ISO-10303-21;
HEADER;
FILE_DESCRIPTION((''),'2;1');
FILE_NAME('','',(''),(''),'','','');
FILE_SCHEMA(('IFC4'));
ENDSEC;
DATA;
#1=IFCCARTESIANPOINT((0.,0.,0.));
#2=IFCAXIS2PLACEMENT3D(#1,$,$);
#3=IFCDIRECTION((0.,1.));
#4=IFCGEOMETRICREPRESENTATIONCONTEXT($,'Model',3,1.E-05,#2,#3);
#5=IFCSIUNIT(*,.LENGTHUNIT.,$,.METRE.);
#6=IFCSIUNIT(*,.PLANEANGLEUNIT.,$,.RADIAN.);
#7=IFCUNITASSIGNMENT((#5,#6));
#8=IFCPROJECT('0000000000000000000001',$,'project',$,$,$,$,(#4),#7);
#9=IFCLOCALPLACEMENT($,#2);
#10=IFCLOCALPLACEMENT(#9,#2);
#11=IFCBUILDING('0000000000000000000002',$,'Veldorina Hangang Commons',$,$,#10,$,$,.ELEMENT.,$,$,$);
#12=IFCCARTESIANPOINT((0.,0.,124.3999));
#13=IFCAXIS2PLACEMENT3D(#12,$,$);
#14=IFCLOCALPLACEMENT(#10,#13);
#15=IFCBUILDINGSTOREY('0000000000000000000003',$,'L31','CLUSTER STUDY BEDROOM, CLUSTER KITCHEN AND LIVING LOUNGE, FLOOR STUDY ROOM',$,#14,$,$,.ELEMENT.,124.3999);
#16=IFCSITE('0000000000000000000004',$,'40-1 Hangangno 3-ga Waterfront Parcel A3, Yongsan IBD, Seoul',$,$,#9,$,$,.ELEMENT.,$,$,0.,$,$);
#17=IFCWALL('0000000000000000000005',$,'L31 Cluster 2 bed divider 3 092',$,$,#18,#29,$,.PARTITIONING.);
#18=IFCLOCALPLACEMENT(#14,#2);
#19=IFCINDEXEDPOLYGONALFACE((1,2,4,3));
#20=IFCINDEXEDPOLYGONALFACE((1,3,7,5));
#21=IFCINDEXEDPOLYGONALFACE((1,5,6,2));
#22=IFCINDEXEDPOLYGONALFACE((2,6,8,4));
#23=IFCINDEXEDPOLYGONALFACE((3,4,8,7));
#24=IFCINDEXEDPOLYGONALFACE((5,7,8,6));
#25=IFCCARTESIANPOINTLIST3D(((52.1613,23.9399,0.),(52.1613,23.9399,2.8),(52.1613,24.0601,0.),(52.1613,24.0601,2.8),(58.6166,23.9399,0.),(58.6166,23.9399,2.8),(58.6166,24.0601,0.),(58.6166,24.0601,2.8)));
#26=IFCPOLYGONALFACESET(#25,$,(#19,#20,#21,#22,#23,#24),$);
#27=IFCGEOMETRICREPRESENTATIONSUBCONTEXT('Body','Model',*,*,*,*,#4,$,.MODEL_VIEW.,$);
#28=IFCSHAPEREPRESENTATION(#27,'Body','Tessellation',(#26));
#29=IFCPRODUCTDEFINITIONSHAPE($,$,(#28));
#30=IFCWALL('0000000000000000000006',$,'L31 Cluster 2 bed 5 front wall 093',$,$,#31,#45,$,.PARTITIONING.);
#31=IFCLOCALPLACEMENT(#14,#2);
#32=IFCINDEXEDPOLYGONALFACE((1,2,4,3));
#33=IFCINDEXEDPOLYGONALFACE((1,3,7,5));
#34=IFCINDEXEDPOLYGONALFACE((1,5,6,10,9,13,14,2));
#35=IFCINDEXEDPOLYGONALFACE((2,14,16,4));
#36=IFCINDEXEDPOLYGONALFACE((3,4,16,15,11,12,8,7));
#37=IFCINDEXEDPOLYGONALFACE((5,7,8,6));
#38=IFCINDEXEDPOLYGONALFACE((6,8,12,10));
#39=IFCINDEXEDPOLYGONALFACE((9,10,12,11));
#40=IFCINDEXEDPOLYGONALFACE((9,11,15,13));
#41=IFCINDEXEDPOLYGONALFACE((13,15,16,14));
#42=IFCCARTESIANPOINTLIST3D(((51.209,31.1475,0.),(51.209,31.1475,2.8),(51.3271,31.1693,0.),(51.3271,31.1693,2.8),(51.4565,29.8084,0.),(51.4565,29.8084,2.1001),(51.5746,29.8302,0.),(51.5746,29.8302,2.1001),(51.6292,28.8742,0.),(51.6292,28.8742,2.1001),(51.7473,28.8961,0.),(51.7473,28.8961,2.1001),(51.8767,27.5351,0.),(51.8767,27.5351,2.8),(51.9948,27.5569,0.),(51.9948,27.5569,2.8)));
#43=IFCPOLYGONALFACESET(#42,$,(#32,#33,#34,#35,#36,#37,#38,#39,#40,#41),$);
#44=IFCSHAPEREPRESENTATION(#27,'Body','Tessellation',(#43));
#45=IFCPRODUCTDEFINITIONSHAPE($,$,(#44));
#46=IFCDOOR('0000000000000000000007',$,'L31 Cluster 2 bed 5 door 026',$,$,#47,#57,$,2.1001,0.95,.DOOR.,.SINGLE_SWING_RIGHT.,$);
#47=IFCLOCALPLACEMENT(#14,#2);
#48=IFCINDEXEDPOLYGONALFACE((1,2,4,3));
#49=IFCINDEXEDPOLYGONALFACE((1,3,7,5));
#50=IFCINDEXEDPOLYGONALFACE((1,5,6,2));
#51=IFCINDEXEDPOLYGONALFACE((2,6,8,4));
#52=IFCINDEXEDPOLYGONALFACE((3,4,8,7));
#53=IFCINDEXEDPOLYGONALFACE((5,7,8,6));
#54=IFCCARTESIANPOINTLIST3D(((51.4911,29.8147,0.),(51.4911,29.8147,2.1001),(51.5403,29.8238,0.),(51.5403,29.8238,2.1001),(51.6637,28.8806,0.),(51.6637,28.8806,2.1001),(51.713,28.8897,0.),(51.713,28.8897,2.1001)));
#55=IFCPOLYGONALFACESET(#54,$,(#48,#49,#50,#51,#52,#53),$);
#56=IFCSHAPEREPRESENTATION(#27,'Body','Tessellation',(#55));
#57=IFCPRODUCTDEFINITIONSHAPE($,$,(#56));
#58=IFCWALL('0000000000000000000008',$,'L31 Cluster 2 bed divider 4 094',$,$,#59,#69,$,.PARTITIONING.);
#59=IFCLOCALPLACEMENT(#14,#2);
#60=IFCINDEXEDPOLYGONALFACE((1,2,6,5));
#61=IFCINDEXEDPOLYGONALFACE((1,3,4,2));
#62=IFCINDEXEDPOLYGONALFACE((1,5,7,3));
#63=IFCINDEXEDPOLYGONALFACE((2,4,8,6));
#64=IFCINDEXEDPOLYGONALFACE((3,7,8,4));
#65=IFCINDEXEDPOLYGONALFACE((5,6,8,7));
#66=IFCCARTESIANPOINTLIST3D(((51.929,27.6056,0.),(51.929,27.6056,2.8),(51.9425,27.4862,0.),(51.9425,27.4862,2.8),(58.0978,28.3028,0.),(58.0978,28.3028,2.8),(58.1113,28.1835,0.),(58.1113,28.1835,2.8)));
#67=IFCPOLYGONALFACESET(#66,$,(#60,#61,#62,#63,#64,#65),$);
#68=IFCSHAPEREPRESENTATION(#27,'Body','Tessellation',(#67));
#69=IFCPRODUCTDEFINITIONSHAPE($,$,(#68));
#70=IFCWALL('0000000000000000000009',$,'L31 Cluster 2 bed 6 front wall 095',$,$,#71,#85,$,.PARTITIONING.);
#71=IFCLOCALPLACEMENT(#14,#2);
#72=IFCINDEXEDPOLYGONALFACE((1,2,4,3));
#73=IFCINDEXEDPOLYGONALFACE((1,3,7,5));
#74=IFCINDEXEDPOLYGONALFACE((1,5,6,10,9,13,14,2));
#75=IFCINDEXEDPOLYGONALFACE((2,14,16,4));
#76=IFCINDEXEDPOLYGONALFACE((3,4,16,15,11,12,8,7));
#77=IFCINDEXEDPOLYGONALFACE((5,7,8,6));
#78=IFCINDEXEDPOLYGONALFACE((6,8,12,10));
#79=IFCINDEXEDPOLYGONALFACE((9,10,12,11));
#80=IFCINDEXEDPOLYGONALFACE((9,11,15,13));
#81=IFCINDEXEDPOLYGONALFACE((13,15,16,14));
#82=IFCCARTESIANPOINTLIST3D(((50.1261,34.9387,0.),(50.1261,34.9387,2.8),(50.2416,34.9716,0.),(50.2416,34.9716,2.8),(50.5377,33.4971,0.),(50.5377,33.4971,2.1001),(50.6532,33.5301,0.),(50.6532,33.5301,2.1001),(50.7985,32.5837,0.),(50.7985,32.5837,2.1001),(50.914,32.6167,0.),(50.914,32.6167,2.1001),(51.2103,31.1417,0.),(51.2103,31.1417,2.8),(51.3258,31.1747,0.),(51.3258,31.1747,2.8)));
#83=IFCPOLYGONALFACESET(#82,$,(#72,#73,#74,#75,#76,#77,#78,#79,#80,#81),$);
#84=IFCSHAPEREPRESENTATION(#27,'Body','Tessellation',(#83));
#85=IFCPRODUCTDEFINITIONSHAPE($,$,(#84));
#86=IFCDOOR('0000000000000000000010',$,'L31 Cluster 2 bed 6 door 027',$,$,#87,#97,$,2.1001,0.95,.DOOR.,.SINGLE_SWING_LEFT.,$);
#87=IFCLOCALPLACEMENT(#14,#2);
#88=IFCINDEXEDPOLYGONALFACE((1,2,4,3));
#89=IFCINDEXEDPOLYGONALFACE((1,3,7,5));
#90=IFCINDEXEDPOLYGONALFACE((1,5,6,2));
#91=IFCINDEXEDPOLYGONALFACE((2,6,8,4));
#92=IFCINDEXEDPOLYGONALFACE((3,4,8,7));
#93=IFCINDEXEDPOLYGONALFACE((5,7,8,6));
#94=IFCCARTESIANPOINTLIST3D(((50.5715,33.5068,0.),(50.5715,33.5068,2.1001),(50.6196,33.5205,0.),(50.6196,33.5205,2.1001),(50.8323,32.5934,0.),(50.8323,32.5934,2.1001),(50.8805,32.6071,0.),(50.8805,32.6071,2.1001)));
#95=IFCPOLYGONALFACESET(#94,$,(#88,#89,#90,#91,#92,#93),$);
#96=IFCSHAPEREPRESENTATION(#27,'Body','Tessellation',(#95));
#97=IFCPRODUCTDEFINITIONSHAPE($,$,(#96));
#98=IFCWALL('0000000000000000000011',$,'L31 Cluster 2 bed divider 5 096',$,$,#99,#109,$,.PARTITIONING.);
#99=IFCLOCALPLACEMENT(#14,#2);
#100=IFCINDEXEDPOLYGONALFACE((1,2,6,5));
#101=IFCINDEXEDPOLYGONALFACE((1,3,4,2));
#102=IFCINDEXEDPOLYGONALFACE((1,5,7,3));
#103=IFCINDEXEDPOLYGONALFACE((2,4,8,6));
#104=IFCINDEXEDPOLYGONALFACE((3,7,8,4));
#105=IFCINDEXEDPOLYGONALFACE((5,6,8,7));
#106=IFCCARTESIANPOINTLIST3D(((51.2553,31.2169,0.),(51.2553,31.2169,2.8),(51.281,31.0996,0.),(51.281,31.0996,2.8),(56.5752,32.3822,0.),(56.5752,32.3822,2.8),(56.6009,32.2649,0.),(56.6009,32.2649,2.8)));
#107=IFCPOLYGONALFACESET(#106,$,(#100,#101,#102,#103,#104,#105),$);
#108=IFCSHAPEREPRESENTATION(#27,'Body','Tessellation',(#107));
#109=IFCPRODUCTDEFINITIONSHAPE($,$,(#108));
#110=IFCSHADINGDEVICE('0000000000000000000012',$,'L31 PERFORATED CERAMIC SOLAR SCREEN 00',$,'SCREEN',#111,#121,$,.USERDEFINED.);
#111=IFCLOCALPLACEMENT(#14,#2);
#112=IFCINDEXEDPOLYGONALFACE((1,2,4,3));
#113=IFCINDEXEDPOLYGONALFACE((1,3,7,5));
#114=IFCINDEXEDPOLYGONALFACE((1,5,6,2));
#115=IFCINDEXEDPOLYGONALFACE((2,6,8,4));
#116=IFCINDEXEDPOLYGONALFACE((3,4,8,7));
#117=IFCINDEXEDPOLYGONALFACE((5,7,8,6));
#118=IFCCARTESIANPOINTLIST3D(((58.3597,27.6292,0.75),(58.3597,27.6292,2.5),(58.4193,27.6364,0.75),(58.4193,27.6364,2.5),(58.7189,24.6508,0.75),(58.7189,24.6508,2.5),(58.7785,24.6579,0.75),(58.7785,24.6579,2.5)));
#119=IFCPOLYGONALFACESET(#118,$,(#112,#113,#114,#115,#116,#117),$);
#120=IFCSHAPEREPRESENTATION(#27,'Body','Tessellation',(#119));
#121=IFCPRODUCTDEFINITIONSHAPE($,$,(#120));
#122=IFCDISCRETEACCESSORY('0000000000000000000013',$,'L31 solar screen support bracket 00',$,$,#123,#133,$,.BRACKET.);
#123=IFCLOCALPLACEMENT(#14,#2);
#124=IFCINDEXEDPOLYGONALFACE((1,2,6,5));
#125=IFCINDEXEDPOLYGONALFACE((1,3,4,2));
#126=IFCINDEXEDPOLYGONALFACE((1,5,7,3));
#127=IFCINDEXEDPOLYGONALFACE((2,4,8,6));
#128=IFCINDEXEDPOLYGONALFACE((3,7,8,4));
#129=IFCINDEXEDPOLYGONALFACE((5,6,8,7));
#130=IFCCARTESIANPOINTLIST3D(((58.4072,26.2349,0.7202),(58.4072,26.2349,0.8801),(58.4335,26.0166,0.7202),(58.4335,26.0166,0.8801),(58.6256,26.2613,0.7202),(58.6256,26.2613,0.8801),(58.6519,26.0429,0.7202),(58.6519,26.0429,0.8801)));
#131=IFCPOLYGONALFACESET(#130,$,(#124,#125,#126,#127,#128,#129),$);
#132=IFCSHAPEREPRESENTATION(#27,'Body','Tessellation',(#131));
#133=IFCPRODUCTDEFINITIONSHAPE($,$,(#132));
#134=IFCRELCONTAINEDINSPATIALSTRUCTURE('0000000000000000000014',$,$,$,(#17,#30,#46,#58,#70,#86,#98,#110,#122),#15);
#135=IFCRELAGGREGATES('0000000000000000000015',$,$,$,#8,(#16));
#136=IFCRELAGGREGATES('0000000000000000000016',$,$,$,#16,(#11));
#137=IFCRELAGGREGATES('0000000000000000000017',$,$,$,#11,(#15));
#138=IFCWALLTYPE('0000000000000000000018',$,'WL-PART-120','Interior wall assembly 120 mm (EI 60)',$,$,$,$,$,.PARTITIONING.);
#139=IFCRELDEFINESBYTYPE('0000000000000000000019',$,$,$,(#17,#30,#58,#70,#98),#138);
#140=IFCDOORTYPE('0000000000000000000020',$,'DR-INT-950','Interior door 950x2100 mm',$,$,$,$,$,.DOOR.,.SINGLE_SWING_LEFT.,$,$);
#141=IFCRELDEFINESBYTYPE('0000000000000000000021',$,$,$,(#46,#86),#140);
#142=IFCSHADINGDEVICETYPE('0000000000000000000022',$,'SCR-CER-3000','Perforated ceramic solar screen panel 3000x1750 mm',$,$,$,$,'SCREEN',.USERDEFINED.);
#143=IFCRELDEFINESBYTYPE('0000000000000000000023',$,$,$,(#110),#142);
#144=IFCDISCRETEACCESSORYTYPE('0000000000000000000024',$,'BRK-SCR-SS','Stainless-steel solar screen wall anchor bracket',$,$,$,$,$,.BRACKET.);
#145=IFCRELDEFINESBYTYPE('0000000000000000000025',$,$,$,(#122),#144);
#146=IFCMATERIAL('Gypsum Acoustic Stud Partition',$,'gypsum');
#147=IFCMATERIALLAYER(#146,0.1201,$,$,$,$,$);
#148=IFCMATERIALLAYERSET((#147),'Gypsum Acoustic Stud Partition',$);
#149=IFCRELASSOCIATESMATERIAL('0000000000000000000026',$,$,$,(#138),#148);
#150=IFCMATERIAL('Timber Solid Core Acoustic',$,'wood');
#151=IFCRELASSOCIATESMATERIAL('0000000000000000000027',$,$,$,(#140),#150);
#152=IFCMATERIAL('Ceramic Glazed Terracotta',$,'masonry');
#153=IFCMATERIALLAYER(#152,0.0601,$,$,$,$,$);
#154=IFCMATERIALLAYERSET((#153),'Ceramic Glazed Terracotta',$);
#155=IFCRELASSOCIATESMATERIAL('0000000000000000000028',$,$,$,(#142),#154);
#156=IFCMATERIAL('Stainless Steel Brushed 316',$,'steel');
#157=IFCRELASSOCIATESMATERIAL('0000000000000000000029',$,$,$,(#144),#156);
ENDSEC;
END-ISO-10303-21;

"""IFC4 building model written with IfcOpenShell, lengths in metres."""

from ifc_helpers import new_model, si_unit, direction, frame, frame_2d, origin, origin_2d, place, context, subcontext, project, spatial, rectangle, extrude, material, layer, layer_set, type_object, element, fill, save


model = new_model("IFC4")

# Units and contexts
model_context = context("Model", 3, precision=1e-05, world=origin(), true_north=direction((0.0, 1.0)))
body_context = subcontext(model_context, "Body", "Model", "MODEL_VIEW")
ifc_project = project(units=[si_unit("LENGTHUNIT", "METRE"), si_unit("PLANEANGLEUNIT", "RADIAN")], contexts=[model_context])

# Site, building, storey
site_placement = place(None, origin())
site = spatial("IfcSite", under=ifc_project, at=site_placement, Name="40-1 Hangangno 3-ga Waterfront Parcel A3, Yongsan IBD, Seoul", CompositionType="ELEMENT", RefElevation=0.0)
building_placement = place(site_placement, origin())
building = spatial("IfcBuilding", under=site, at=building_placement, Name="Veldorina Hangang Commons", CompositionType="ELEMENT")
storey_placement = place(building_placement, frame((0.0, 0.0, 124.3999)))
storey = spatial("IfcBuildingStorey", under=building, at=storey_placement, Name="L31", Description="CLUSTER STUDY BEDROOM, CLUSTER KITCHEN AND LIVING LOUNGE, FLOOR STUDY ROOM", CompositionType="ELEMENT", Elevation=124.3999)

# Shared definitions
ifc_material_1 = material(Name="Gypsum Acoustic Stud Partition", Category="gypsum")
ifc_layer_1 = layer(ifc_material_1, 0.1201)
ifc_layer_set_1 = layer_set([ifc_layer_1], Name="Gypsum Acoustic Stud Partition")
wall_type_1 = type_object("IfcWallType", Name="WL-PART-120", Description="Interior wall assembly 120 mm (EI 60)", PredefinedType="PARTITIONING", material=ifc_layer_set_1)
ifc_material_2 = material(Name="Timber Solid Core Acoustic", Category="wood")
door_type = type_object("IfcDoorType", Name="DR-INT-950", Description="Interior door 950x2100 mm", OperationType="SINGLE_SWING_LEFT", PredefinedType="DOOR", material=ifc_material_2)

# Wall
wall_1_placement = place(storey_placement, frame((52.1614, 24.0, 0.0), z_axis=(0.0, 0.0, 1.0), x_axis=(1.0, 0.0, 0.0)))
element("IfcWall", 1, at=wall_1_placement, inside=storey, type_object=wall_type_1, Name="L31 Cluster 2 bed divider 3 092", PredefinedType="PARTITIONING", context=body_context, shape_type="SweptSolid", body=[
    extrude(rectangle(XDim=6.4553, YDim=0.1201, at=frame_2d((3.2275, 0.0))), origin(), (0.0, 0.0, 1.0), 2.8),
])

# Wall, opening, door
wall_2_placement = place(storey_placement, frame((51.9358, 27.5459, 0.0), z_axis=(0.0, 0.0, 1.0), x_axis=(-0.181768, 0.983341, 0.0)))
wall_2 = element("IfcWall", 2, at=wall_2_placement, inside=storey, type_object=wall_type_1, Name="L31 Cluster 2 bed 5 front wall 093", PredefinedType="PARTITIONING", context=body_context, shape_type="SweptSolid", body=[
    extrude(rectangle(XDim=3.6736, YDim=0.1201, at=frame_2d((1.8369, 0.0))), origin(), (0.0, 0.0, 1.0), 2.8),
])
opening_1_placement = place(wall_2_placement, frame((1.3618, 0.0, 0.0)))
opening_1 = element("IfcOpeningElement", 3, at=opening_1_placement, cuts=wall_2, PredefinedType="OPENING", context=body_context, shape_type="SweptSolid", body=[
    extrude(rectangle(XDim=0.95, YDim=2.1001, at=frame_2d((0.4751, 1.05))), frame((0.0, 0.0701, 0.0), z_axis=(0.0, -1.0, 0.0), x_axis=(1.0, 0.0, 0.0)), (0.0, 0.0, 1.0), 0.1401),
])
door_1_placement = place(opening_1_placement, origin())
door_1 = element("IfcDoor", 4, at=door_1_placement, inside=storey, type_object=door_type, Name="L31 Cluster 2 bed 5 door 026", OperationType="SINGLE_SWING_RIGHT", OverallHeight=2.1001, OverallWidth=0.95, PredefinedType="DOOR", context=body_context, shape_type="SweptSolid", body=[
    extrude(rectangle(XDim=0.95, YDim=2.1001, at=frame_2d((0.4751, 1.05))), frame((0.0, 0.0249, 0.0), z_axis=(0.0, -1.0, 0.0), x_axis=(1.0, 0.0, 0.0)), (0.0, 0.0, 1.0), 0.05),
])
fill(opening_1, door_1)

# Wall
wall_3_placement = place(storey_placement, frame((51.9358, 27.5459, 0.0), z_axis=(0.0, 0.0, 1.0), x_axis=(0.993672, 0.112318, 0.0)))
element("IfcWall", 5, at=wall_3_placement, inside=storey, type_object=wall_type_1, Name="L31 Cluster 2 bed divider 4 094", PredefinedType="PARTITIONING", context=body_context, shape_type="SweptSolid", body=[
    extrude(rectangle(XDim=6.208, YDim=0.1201, at=frame_2d((3.104, 0.0))), origin(), (0.0, 0.0, 1.0), 2.8),
])

# Wall, opening, door
wall_4_placement = place(storey_placement, frame((51.2681, 31.1582, 0.0), z_axis=(0.0, 0.0, 1.0), x_axis=(-0.274582, 0.961564, 0.0)))
wall_4 = element("IfcWall", 6, at=wall_4_placement, inside=storey, type_object=wall_type_1, Name="L31 Cluster 2 bed 6 front wall 095", PredefinedType="PARTITIONING", context=body_context, shape_type="SweptSolid", body=[
    extrude(rectangle(XDim=3.9487, YDim=0.1201, at=frame_2d((1.9744, 0.0))), origin(), (0.0, 0.0, 1.0), 2.8),
])
opening_2_placement = place(wall_4_placement, frame((1.4995, 0.0, 0.0)))
opening_2 = element("IfcOpeningElement", 7, at=opening_2_placement, cuts=wall_4, PredefinedType="OPENING", context=body_context, shape_type="SweptSolid", body=[
    extrude(rectangle(XDim=0.95, YDim=2.1001, at=frame_2d((0.4751, 1.05))), frame((0.0, 0.0701, 0.0), z_axis=(0.0, -1.0, 0.0), x_axis=(1.0, 0.0, 0.0)), (0.0, 0.0, 1.0), 0.1401),
])
door_2_placement = place(opening_2_placement, origin())
door_2 = element("IfcDoor", 8, at=door_2_placement, inside=storey, type_object=door_type, Name="L31 Cluster 2 bed 6 door 027", OperationType="SINGLE_SWING_LEFT", OverallHeight=2.1001, OverallWidth=0.95, PredefinedType="DOOR", context=body_context, shape_type="SweptSolid", body=[
    extrude(rectangle(XDim=0.95, YDim=2.1001, at=frame_2d((0.4751, 1.05))), frame((0.0, 0.0249, 0.0), z_axis=(0.0, -1.0, 0.0), x_axis=(1.0, 0.0, 0.0)), (0.0, 0.0, 1.0), 0.05),
])
fill(opening_2, door_2)

# Wall
wall_5_placement = place(storey_placement, frame((51.2681, 31.1582, 0.0), z_axis=(0.0, 0.0, 1.0), x_axis=(0.97684, 0.213972, 0.0)))
element("IfcWall", 9, at=wall_5_placement, inside=storey, type_object=wall_type_1, Name="L31 Cluster 2 bed divider 5 096", PredefinedType="PARTITIONING", context=body_context, shape_type="SweptSolid", body=[
    extrude(rectangle(XDim=5.446, YDim=0.1201, at=frame_2d((2.7231, 0.0))), origin(), (0.0, 0.0, 1.0), 2.8),
])

# Shading device
ifc_material_3 = material(Name="Ceramic Glazed Terracotta", Category="masonry")
ifc_layer_2 = layer(ifc_material_3, 0.0601)
ifc_layer_set_2 = layer_set([ifc_layer_2], Name="Ceramic Glazed Terracotta")
shading_device_type = type_object("IfcShadingDeviceType", Name="SCR-CER-3000", Description="Perforated ceramic solar screen panel 3000x1750 mm", ElementType="SCREEN", PredefinedType="USERDEFINED", material=ifc_layer_set_2)
shading_device_placement = place(storey_placement, frame((58.5691, 26.1436, 0.75), z_axis=(0.0, 0.0, 1.0), x_axis=(-0.119738, 0.992805, 0.0)))
element("IfcShadingDevice", 10, at=shading_device_placement, inside=storey, type_object=shading_device_type, Name="L31 PERFORATED CERAMIC SOLAR SCREEN 00", ObjectType="SCREEN", PredefinedType="USERDEFINED", context=body_context, shape_type="SweptSolid", body=[
    extrude(rectangle(XDim=3.0, YDim=0.0601, at=origin_2d()), origin(), (0.0, 0.0, 1.0), 1.75),
])

# Discrete accessory
ifc_material_4 = material(Name="Stainless Steel Brushed 316", Category="steel")
discrete_accessory_type = type_object("IfcDiscreteAccessoryType", Name="BRK-SCR-SS", Description="Stainless-steel solar screen wall anchor bracket", PredefinedType="BRACKET", material=ifc_material_4)
discrete_accessory_placement = place(storey_placement, frame((58.5295, 26.1389, 0.7202), z_axis=(0.0, 0.0, 1.0), x_axis=(-0.119738, 0.992805, 0.0)))
element("IfcDiscreteAccessory", 11, at=discrete_accessory_placement, inside=storey, type_object=discrete_accessory_type, Name="L31 solar screen support bracket 00", PredefinedType="BRACKET", context=body_context, shape_type="SweptSolid", body=[
    extrude(rectangle(XDim=0.22, YDim=0.22, at=origin_2d()), origin(), (0.0, 0.0, 1.0), 0.1599),
])

save(model, "model.ifc")
